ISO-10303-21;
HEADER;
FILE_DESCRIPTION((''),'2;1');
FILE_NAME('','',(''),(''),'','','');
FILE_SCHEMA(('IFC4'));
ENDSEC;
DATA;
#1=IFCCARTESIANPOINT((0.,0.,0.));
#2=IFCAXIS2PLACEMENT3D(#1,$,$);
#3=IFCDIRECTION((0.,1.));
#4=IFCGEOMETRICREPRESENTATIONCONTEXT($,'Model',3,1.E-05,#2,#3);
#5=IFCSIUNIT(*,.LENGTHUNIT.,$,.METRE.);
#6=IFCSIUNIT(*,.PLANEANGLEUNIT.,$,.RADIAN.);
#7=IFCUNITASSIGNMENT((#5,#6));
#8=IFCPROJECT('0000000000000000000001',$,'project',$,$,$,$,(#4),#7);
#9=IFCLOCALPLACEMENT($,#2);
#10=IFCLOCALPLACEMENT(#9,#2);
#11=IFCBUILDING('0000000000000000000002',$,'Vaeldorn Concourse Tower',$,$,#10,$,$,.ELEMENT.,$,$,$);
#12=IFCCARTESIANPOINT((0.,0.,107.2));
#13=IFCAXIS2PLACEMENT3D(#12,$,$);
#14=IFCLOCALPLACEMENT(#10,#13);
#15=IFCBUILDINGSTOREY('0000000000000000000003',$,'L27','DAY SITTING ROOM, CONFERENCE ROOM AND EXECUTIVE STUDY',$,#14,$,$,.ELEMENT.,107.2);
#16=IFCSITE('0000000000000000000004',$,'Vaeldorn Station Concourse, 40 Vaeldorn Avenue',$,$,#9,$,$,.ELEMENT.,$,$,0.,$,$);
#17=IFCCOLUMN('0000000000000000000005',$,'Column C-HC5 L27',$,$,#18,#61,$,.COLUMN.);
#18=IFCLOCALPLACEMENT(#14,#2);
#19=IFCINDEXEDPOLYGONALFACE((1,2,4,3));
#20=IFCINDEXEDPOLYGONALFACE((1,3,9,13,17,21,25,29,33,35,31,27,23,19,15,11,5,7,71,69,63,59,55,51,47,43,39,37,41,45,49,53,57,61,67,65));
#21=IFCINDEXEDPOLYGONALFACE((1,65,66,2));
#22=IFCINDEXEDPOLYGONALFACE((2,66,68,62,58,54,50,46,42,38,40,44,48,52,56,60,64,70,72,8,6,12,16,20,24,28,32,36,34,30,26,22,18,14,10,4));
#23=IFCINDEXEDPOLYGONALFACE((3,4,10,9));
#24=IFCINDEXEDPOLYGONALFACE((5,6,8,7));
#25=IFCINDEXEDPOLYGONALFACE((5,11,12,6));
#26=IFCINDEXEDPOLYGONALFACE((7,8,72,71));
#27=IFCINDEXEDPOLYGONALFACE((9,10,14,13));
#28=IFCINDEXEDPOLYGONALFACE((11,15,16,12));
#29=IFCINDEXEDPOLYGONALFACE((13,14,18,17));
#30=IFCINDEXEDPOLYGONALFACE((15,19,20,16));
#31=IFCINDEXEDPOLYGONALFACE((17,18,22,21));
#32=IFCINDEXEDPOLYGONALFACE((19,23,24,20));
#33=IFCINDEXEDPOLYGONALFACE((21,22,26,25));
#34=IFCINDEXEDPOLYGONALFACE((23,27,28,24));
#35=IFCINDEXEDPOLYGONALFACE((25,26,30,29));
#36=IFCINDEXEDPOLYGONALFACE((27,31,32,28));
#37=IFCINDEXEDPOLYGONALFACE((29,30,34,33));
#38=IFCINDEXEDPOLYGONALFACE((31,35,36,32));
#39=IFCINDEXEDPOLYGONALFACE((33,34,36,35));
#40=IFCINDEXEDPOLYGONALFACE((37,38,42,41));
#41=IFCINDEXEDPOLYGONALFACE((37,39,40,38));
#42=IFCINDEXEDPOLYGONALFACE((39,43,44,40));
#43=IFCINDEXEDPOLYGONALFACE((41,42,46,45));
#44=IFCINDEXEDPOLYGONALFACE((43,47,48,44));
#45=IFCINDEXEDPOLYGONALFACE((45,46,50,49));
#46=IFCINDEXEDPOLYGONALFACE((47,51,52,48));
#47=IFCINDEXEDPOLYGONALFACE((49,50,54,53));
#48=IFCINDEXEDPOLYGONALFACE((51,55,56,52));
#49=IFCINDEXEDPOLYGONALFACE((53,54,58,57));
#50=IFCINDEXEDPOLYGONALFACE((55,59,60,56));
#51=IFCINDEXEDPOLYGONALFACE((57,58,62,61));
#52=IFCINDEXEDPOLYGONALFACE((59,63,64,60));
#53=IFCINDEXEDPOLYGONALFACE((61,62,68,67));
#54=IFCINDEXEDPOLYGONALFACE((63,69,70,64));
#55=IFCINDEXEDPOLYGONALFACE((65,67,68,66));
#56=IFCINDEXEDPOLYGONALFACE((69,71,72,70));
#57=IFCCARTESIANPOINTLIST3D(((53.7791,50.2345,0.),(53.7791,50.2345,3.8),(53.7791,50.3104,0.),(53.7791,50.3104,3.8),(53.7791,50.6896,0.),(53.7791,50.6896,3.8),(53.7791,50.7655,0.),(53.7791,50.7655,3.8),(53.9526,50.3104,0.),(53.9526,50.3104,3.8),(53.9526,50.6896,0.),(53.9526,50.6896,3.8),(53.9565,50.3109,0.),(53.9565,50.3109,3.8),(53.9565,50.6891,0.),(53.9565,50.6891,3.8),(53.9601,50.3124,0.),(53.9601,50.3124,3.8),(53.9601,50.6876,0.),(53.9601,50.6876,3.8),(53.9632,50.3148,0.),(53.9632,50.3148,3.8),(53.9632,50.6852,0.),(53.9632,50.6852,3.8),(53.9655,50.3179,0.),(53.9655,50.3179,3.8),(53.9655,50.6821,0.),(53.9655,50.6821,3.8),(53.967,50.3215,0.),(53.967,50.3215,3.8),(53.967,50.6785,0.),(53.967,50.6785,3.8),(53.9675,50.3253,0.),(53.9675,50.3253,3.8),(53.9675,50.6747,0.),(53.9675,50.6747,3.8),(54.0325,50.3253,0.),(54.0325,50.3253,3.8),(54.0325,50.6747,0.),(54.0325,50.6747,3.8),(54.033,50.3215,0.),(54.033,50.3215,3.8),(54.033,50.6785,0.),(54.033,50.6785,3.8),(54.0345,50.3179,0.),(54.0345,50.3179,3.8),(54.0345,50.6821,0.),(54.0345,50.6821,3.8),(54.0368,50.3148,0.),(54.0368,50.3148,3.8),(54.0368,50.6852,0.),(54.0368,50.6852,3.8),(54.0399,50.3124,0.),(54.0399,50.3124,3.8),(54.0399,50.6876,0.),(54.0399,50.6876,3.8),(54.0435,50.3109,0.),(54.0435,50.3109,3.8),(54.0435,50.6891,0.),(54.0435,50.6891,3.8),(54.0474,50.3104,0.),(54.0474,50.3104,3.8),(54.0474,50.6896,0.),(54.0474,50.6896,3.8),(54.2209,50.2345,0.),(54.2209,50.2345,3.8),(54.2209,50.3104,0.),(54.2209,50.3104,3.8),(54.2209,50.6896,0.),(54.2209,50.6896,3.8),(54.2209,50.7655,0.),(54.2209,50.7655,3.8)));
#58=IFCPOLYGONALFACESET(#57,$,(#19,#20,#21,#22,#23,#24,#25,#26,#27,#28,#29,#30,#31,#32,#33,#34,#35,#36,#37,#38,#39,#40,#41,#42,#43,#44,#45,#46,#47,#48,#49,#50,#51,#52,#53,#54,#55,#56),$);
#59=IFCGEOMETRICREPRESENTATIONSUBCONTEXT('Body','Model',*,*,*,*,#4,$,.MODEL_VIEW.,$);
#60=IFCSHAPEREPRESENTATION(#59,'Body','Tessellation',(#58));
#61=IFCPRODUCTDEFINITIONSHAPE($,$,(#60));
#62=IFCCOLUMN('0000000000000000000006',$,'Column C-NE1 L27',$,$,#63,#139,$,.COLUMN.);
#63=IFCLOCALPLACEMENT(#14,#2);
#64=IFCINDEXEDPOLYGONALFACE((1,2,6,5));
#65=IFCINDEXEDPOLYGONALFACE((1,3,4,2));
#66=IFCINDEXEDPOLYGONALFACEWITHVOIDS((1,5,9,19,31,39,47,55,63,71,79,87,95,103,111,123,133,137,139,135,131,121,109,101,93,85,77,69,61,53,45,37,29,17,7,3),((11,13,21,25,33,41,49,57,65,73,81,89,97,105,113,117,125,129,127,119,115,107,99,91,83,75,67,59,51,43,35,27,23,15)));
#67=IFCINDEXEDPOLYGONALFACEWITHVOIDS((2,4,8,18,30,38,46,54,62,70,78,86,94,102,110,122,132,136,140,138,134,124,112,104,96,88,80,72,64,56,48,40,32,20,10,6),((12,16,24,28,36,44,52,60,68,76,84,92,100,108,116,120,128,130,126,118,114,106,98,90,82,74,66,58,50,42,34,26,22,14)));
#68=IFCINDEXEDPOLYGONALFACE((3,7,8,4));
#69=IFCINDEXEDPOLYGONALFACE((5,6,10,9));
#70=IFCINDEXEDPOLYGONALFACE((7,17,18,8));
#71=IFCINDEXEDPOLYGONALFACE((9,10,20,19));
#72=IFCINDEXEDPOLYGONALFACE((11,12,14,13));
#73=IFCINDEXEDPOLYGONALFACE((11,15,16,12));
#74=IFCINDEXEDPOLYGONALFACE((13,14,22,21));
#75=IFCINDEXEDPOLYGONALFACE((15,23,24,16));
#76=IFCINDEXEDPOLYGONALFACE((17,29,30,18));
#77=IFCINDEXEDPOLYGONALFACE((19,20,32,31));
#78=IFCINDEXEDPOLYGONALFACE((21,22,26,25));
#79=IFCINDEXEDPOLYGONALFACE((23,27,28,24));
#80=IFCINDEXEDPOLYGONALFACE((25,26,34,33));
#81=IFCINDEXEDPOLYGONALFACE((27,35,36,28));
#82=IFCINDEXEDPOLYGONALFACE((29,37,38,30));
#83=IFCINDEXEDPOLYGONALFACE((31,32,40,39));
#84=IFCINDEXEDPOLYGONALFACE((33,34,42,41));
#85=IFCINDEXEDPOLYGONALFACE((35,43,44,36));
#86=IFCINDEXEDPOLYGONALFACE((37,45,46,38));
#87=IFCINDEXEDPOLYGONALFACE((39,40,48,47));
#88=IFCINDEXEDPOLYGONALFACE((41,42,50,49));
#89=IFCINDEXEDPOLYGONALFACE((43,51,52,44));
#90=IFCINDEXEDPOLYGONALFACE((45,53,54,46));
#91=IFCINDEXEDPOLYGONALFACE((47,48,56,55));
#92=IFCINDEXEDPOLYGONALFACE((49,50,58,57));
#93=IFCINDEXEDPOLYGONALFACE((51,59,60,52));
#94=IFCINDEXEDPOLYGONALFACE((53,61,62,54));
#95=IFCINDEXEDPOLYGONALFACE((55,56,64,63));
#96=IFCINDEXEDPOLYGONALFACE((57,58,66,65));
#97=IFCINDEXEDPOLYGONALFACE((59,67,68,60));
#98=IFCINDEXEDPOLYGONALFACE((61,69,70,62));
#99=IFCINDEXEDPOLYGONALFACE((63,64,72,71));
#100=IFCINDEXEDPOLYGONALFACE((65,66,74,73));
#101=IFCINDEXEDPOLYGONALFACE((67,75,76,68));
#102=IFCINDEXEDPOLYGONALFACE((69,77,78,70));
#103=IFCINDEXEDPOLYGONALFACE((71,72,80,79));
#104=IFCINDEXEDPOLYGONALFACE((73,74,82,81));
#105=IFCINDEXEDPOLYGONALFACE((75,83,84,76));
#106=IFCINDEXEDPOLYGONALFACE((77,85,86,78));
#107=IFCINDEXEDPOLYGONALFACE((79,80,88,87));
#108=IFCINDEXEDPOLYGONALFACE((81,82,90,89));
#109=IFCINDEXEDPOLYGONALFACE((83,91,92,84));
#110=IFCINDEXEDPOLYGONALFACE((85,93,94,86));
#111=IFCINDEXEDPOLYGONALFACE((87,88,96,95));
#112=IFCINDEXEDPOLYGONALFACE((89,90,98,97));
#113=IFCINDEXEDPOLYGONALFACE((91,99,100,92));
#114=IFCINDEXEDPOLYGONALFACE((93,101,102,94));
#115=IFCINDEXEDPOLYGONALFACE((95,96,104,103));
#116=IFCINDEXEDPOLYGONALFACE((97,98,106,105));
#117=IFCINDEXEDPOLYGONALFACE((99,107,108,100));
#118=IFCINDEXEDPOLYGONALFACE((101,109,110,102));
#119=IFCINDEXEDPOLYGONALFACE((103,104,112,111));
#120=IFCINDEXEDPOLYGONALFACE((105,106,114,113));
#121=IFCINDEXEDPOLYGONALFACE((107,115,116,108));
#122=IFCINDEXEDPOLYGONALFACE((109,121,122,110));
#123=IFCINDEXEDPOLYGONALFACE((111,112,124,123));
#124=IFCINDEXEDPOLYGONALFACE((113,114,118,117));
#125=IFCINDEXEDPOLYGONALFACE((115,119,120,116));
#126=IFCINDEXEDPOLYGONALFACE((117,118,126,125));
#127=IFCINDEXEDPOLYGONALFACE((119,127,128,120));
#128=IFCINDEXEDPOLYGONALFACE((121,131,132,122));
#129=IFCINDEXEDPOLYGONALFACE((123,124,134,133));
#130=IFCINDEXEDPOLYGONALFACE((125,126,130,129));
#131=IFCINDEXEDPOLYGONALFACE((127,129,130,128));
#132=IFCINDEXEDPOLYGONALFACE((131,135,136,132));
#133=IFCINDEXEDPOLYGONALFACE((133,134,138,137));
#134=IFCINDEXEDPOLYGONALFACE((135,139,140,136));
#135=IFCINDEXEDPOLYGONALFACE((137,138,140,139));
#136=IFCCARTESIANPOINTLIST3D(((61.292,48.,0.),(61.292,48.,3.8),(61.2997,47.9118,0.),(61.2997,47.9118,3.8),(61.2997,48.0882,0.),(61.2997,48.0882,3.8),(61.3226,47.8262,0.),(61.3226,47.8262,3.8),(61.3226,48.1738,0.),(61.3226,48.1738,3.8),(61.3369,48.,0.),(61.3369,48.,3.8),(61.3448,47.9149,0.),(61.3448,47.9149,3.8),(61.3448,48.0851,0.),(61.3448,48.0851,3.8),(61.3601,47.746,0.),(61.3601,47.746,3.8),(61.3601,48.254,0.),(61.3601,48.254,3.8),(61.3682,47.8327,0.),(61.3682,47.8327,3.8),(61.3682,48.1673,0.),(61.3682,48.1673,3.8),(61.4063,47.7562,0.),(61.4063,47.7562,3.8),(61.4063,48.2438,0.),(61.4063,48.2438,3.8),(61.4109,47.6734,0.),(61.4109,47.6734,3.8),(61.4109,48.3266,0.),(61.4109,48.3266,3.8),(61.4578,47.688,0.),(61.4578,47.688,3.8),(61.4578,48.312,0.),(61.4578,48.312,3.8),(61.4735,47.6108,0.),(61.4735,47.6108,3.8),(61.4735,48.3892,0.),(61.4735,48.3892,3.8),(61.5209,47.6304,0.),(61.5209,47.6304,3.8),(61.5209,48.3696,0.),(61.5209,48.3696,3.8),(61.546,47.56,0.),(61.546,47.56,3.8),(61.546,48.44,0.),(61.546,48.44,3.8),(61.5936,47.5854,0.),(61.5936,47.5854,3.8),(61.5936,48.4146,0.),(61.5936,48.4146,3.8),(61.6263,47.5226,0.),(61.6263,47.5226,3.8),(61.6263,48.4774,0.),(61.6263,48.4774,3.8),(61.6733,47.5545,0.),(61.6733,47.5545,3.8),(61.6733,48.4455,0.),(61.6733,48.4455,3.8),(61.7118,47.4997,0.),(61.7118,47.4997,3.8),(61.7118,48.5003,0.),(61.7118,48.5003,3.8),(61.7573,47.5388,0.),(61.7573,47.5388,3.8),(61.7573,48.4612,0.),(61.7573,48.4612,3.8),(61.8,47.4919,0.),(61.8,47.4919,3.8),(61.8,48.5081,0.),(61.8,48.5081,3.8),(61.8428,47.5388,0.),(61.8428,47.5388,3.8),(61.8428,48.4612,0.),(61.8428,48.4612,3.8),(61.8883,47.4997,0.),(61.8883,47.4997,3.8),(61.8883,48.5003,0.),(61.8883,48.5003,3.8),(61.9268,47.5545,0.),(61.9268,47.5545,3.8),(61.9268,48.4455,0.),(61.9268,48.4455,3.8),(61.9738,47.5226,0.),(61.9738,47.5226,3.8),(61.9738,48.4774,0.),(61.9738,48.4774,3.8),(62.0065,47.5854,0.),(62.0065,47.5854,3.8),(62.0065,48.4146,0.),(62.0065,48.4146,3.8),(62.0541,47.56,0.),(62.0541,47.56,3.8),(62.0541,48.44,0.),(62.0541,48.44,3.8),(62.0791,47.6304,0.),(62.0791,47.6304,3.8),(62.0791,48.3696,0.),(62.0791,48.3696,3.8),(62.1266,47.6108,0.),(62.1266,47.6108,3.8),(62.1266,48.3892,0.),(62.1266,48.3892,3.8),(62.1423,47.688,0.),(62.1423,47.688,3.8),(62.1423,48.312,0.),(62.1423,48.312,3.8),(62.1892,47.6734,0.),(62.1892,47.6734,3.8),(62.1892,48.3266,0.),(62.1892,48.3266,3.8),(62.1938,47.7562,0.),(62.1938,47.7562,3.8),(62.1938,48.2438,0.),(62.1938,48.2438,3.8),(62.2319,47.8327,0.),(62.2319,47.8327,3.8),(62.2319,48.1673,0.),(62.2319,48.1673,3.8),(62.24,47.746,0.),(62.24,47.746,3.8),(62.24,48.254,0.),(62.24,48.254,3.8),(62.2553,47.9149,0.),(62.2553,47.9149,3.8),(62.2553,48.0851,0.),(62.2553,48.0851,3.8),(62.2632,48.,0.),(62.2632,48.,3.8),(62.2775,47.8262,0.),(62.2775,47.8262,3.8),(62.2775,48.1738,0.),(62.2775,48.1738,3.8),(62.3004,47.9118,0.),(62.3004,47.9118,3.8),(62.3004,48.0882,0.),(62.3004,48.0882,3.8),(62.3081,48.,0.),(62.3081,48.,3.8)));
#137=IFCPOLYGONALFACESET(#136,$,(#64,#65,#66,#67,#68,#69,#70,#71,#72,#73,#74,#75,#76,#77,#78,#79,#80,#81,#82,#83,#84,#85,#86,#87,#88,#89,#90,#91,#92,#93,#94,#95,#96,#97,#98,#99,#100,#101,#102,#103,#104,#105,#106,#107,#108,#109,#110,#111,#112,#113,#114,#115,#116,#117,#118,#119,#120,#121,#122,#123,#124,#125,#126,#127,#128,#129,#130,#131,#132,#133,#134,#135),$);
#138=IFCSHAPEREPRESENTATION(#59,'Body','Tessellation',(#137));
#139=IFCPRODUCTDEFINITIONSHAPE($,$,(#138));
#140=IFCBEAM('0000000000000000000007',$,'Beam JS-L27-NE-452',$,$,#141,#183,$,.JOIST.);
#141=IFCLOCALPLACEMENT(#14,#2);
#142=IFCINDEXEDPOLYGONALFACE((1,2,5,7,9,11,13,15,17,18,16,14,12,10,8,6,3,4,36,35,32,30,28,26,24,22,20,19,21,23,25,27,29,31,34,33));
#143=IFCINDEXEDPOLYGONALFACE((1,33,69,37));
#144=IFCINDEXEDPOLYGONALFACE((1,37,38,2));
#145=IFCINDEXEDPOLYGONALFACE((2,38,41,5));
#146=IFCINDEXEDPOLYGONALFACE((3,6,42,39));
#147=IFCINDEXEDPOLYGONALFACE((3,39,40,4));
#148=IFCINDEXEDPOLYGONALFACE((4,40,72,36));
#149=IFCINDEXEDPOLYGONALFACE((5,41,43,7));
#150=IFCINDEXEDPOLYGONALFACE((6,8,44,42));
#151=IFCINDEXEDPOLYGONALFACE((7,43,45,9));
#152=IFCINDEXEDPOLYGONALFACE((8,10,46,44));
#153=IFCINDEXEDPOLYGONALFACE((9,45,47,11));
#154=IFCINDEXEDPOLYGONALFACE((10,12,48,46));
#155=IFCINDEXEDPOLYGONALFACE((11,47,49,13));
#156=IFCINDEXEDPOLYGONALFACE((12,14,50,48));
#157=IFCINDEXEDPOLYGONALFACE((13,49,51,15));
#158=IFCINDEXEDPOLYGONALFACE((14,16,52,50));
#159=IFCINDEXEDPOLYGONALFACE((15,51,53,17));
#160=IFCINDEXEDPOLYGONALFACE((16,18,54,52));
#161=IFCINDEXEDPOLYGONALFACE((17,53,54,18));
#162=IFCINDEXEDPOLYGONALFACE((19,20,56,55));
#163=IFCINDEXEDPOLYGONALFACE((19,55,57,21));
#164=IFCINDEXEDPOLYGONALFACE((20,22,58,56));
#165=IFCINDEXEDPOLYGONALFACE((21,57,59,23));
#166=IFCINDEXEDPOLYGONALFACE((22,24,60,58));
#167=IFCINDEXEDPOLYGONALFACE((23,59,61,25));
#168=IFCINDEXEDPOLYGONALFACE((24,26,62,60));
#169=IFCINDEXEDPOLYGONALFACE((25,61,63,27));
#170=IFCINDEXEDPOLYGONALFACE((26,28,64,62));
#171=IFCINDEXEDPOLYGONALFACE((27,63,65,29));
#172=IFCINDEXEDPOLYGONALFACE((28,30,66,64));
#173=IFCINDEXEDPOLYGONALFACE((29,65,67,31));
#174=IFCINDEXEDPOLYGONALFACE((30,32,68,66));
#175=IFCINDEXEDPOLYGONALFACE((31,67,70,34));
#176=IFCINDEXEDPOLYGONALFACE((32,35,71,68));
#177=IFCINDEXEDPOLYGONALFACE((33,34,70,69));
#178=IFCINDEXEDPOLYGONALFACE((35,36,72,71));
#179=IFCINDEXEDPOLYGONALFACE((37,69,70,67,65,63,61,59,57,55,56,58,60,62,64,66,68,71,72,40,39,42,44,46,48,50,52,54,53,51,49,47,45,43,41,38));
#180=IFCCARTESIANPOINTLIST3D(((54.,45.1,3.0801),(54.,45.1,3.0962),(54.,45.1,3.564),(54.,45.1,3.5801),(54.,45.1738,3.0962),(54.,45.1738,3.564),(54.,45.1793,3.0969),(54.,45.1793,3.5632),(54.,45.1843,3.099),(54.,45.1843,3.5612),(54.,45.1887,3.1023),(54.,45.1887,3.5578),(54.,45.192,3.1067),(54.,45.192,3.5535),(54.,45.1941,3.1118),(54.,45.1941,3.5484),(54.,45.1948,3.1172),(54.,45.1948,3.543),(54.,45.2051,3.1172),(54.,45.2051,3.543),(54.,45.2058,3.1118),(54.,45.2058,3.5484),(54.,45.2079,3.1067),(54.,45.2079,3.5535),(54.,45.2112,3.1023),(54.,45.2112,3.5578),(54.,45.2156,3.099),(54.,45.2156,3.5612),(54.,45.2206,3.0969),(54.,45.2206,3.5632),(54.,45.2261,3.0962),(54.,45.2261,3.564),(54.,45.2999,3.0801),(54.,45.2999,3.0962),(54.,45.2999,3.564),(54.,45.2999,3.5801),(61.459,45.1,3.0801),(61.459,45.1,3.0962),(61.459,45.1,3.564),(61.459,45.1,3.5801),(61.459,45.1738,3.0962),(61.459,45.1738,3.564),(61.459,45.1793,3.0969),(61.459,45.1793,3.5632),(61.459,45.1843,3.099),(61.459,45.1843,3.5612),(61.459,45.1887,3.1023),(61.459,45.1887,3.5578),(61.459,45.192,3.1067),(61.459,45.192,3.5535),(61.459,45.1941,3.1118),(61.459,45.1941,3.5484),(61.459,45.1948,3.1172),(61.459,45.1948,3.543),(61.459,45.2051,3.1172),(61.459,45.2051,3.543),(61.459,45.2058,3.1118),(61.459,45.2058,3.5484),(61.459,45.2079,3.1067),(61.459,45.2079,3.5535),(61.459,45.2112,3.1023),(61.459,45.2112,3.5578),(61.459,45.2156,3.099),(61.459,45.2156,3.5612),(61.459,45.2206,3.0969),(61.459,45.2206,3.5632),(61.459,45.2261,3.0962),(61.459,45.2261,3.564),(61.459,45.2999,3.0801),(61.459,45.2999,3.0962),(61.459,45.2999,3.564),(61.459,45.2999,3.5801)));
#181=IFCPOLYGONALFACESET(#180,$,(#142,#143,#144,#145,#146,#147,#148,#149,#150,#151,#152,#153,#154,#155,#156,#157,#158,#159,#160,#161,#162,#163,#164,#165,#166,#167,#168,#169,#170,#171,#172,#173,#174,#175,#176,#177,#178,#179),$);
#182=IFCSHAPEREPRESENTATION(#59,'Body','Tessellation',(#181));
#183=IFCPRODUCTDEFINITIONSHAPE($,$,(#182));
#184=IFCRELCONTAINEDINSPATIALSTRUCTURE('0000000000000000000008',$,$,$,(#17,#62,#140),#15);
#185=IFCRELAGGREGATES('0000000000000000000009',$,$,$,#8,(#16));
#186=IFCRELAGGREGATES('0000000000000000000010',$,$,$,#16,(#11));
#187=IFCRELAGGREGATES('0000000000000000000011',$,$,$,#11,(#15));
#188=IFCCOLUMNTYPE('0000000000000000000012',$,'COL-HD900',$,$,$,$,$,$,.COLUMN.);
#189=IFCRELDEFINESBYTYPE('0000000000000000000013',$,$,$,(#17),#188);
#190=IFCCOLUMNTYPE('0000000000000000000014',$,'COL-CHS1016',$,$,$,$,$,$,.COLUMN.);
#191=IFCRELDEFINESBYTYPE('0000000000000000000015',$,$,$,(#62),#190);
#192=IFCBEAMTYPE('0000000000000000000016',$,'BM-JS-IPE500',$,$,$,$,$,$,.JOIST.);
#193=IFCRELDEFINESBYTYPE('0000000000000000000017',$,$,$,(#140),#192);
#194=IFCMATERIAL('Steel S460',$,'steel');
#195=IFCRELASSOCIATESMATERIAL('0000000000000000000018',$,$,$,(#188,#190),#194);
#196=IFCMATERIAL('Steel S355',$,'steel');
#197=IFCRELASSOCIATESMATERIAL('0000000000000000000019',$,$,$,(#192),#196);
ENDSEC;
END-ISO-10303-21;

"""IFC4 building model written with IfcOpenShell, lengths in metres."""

from ifc_helpers import new_model, si_unit, direction, frame, origin, origin_2d, place, context, subcontext, project, spatial, hollow_circle, i_section, extrude, source, transform, mapped, material, material_profile, profile_set, type_object, element, save


model = new_model("IFC4")

# Units and contexts
model_context = context("Model", 3, precision=1e-05, world=origin(), true_north=direction((0.0, 1.0)))
body_context = subcontext(model_context, "Body", "Model", "MODEL_VIEW")
ifc_project = project(units=[si_unit("LENGTHUNIT", "METRE"), si_unit("PLANEANGLEUNIT", "RADIAN")], contexts=[model_context])

# Site, building, storey
site_placement = place(None, origin())
site = spatial("IfcSite", under=ifc_project, at=site_placement, Name="Vaeldorn Station Concourse, 40 Vaeldorn Avenue", CompositionType="ELEMENT", RefElevation=0.0)
building_placement = place(site_placement, origin())
building = spatial("IfcBuilding", under=site, at=building_placement, Name="Vaeldorn Concourse Tower", CompositionType="ELEMENT")
storey_placement = place(building_placement, frame((0.0, 0.0, 107.2)))
storey = spatial("IfcBuildingStorey", under=building, at=storey_placement, Name="L27", Description="DAY SITTING ROOM, CONFERENCE ROOM AND EXECUTIVE STUDY", CompositionType="ELEMENT", Elevation=107.2)

# Columns
ifc_material_1 = material(Name="Steel S460", Category="steel")
ifc_material_profile_1 = material_profile(ifc_material_1, i_section(OverallWidth=0.4419, OverallDepth=0.531, WebThickness=0.0649, FlangeThickness=0.0759, FilletRadius=0.0149, at=origin_2d()), Name="HD 400x900")
ifc_profile_set_1 = profile_set([ifc_material_profile_1], Name="Steel S460")
column_type_1 = type_object("IfcColumnType", Name="COL-HD900", PredefinedType="COLUMN", material=ifc_profile_set_1)
shared_shape_1 = source(origin(), body_context, "Body", "SweptSolid", [
    extrude(i_section(OverallWidth=0.4419, OverallDepth=0.531, WebThickness=0.0649, FlangeThickness=0.0759, FilletRadius=0.0149, at=origin_2d()), origin(), (0.0, 0.0, 1.0), 3.8),
])
column_1_placement = place(storey_placement, frame((54.0, 50.5, 0.0), z_axis=(0.0, 0.0, 1.0), x_axis=(1.0, 0.0, 0.0)))
element("IfcColumn", 1, at=column_1_placement, inside=storey, type_object=column_type_1, Name="Column C-HC5 L27", PredefinedType="COLUMN", context=body_context, shape_type="MappedRepresentation", body=[
    mapped(shared_shape_1, transform((0.0, 0.0, 0.0), scale=1.0)),
])
ifc_material_profile_2 = material_profile(ifc_material_1, hollow_circle(Radius=0.5081, WallThickness=0.0449, at=origin_2d()), Name="CHS 1016x45")
ifc_profile_set_2 = profile_set([ifc_material_profile_2], Name="Steel S460")
column_type_2 = type_object("IfcColumnType", Name="COL-CHS1016", PredefinedType="COLUMN", material=ifc_profile_set_2)
shared_shape_2 = source(origin(), body_context, "Body", "SweptSolid", [
    extrude(hollow_circle(Radius=0.5081, WallThickness=0.0449, at=origin_2d()), origin(), (0.0, 0.0, 1.0), 3.8),
])
column_2_placement = place(storey_placement, frame((61.8, 48.0, 0.0), z_axis=(0.0, 0.0, 1.0), x_axis=(1.0, 0.0, 0.0)))
element("IfcColumn", 2, at=column_2_placement, inside=storey, type_object=column_type_2, Name="Column C-NE1 L27", PredefinedType="COLUMN", context=body_context, shape_type="MappedRepresentation", body=[
    mapped(shared_shape_2, transform((0.0, 0.0, 0.0), scale=1.0)),
])

# Beam
ifc_material_2 = material(Name="Steel S355", Category="steel")
ifc_material_profile_3 = material_profile(ifc_material_2, i_section(OverallWidth=0.2, OverallDepth=0.5, WebThickness=0.0103, FlangeThickness=0.0161, FilletRadius=0.021, at=origin_2d()), Name="IPE 500")
ifc_profile_set_3 = profile_set([ifc_material_profile_3], Name="Steel S355")
beam_type_1 = type_object("IfcBeamType", Name="BM-JS-IPE500", PredefinedType="JOIST", material=ifc_profile_set_3)
shared_shape_3 = source(origin(), body_context, "Body", "SweptSolid", [
    extrude(i_section(OverallWidth=0.2, OverallDepth=0.5, WebThickness=0.0103, FlangeThickness=0.0161, FilletRadius=0.021, at=origin_2d()), origin(), (0.0, 0.0, 1.0), 7.459),
])
beam_1_placement = place(storey_placement, frame((54.0, 45.2, 3.3301), z_axis=(1.0, 0.0, 0.0), x_axis=(0.0, 1.0, 0.0)))
element("IfcBeam", 3, at=beam_1_placement, inside=storey, type_object=beam_type_1, Name="Beam JS-L27-NE-452", PredefinedType="JOIST", context=body_context, shape_type="MappedRepresentation", body=[
    mapped(shared_shape_3, transform((0.0, 0.0, 0.0), scale=1.0)),
])

save(model, "model.ifc")
